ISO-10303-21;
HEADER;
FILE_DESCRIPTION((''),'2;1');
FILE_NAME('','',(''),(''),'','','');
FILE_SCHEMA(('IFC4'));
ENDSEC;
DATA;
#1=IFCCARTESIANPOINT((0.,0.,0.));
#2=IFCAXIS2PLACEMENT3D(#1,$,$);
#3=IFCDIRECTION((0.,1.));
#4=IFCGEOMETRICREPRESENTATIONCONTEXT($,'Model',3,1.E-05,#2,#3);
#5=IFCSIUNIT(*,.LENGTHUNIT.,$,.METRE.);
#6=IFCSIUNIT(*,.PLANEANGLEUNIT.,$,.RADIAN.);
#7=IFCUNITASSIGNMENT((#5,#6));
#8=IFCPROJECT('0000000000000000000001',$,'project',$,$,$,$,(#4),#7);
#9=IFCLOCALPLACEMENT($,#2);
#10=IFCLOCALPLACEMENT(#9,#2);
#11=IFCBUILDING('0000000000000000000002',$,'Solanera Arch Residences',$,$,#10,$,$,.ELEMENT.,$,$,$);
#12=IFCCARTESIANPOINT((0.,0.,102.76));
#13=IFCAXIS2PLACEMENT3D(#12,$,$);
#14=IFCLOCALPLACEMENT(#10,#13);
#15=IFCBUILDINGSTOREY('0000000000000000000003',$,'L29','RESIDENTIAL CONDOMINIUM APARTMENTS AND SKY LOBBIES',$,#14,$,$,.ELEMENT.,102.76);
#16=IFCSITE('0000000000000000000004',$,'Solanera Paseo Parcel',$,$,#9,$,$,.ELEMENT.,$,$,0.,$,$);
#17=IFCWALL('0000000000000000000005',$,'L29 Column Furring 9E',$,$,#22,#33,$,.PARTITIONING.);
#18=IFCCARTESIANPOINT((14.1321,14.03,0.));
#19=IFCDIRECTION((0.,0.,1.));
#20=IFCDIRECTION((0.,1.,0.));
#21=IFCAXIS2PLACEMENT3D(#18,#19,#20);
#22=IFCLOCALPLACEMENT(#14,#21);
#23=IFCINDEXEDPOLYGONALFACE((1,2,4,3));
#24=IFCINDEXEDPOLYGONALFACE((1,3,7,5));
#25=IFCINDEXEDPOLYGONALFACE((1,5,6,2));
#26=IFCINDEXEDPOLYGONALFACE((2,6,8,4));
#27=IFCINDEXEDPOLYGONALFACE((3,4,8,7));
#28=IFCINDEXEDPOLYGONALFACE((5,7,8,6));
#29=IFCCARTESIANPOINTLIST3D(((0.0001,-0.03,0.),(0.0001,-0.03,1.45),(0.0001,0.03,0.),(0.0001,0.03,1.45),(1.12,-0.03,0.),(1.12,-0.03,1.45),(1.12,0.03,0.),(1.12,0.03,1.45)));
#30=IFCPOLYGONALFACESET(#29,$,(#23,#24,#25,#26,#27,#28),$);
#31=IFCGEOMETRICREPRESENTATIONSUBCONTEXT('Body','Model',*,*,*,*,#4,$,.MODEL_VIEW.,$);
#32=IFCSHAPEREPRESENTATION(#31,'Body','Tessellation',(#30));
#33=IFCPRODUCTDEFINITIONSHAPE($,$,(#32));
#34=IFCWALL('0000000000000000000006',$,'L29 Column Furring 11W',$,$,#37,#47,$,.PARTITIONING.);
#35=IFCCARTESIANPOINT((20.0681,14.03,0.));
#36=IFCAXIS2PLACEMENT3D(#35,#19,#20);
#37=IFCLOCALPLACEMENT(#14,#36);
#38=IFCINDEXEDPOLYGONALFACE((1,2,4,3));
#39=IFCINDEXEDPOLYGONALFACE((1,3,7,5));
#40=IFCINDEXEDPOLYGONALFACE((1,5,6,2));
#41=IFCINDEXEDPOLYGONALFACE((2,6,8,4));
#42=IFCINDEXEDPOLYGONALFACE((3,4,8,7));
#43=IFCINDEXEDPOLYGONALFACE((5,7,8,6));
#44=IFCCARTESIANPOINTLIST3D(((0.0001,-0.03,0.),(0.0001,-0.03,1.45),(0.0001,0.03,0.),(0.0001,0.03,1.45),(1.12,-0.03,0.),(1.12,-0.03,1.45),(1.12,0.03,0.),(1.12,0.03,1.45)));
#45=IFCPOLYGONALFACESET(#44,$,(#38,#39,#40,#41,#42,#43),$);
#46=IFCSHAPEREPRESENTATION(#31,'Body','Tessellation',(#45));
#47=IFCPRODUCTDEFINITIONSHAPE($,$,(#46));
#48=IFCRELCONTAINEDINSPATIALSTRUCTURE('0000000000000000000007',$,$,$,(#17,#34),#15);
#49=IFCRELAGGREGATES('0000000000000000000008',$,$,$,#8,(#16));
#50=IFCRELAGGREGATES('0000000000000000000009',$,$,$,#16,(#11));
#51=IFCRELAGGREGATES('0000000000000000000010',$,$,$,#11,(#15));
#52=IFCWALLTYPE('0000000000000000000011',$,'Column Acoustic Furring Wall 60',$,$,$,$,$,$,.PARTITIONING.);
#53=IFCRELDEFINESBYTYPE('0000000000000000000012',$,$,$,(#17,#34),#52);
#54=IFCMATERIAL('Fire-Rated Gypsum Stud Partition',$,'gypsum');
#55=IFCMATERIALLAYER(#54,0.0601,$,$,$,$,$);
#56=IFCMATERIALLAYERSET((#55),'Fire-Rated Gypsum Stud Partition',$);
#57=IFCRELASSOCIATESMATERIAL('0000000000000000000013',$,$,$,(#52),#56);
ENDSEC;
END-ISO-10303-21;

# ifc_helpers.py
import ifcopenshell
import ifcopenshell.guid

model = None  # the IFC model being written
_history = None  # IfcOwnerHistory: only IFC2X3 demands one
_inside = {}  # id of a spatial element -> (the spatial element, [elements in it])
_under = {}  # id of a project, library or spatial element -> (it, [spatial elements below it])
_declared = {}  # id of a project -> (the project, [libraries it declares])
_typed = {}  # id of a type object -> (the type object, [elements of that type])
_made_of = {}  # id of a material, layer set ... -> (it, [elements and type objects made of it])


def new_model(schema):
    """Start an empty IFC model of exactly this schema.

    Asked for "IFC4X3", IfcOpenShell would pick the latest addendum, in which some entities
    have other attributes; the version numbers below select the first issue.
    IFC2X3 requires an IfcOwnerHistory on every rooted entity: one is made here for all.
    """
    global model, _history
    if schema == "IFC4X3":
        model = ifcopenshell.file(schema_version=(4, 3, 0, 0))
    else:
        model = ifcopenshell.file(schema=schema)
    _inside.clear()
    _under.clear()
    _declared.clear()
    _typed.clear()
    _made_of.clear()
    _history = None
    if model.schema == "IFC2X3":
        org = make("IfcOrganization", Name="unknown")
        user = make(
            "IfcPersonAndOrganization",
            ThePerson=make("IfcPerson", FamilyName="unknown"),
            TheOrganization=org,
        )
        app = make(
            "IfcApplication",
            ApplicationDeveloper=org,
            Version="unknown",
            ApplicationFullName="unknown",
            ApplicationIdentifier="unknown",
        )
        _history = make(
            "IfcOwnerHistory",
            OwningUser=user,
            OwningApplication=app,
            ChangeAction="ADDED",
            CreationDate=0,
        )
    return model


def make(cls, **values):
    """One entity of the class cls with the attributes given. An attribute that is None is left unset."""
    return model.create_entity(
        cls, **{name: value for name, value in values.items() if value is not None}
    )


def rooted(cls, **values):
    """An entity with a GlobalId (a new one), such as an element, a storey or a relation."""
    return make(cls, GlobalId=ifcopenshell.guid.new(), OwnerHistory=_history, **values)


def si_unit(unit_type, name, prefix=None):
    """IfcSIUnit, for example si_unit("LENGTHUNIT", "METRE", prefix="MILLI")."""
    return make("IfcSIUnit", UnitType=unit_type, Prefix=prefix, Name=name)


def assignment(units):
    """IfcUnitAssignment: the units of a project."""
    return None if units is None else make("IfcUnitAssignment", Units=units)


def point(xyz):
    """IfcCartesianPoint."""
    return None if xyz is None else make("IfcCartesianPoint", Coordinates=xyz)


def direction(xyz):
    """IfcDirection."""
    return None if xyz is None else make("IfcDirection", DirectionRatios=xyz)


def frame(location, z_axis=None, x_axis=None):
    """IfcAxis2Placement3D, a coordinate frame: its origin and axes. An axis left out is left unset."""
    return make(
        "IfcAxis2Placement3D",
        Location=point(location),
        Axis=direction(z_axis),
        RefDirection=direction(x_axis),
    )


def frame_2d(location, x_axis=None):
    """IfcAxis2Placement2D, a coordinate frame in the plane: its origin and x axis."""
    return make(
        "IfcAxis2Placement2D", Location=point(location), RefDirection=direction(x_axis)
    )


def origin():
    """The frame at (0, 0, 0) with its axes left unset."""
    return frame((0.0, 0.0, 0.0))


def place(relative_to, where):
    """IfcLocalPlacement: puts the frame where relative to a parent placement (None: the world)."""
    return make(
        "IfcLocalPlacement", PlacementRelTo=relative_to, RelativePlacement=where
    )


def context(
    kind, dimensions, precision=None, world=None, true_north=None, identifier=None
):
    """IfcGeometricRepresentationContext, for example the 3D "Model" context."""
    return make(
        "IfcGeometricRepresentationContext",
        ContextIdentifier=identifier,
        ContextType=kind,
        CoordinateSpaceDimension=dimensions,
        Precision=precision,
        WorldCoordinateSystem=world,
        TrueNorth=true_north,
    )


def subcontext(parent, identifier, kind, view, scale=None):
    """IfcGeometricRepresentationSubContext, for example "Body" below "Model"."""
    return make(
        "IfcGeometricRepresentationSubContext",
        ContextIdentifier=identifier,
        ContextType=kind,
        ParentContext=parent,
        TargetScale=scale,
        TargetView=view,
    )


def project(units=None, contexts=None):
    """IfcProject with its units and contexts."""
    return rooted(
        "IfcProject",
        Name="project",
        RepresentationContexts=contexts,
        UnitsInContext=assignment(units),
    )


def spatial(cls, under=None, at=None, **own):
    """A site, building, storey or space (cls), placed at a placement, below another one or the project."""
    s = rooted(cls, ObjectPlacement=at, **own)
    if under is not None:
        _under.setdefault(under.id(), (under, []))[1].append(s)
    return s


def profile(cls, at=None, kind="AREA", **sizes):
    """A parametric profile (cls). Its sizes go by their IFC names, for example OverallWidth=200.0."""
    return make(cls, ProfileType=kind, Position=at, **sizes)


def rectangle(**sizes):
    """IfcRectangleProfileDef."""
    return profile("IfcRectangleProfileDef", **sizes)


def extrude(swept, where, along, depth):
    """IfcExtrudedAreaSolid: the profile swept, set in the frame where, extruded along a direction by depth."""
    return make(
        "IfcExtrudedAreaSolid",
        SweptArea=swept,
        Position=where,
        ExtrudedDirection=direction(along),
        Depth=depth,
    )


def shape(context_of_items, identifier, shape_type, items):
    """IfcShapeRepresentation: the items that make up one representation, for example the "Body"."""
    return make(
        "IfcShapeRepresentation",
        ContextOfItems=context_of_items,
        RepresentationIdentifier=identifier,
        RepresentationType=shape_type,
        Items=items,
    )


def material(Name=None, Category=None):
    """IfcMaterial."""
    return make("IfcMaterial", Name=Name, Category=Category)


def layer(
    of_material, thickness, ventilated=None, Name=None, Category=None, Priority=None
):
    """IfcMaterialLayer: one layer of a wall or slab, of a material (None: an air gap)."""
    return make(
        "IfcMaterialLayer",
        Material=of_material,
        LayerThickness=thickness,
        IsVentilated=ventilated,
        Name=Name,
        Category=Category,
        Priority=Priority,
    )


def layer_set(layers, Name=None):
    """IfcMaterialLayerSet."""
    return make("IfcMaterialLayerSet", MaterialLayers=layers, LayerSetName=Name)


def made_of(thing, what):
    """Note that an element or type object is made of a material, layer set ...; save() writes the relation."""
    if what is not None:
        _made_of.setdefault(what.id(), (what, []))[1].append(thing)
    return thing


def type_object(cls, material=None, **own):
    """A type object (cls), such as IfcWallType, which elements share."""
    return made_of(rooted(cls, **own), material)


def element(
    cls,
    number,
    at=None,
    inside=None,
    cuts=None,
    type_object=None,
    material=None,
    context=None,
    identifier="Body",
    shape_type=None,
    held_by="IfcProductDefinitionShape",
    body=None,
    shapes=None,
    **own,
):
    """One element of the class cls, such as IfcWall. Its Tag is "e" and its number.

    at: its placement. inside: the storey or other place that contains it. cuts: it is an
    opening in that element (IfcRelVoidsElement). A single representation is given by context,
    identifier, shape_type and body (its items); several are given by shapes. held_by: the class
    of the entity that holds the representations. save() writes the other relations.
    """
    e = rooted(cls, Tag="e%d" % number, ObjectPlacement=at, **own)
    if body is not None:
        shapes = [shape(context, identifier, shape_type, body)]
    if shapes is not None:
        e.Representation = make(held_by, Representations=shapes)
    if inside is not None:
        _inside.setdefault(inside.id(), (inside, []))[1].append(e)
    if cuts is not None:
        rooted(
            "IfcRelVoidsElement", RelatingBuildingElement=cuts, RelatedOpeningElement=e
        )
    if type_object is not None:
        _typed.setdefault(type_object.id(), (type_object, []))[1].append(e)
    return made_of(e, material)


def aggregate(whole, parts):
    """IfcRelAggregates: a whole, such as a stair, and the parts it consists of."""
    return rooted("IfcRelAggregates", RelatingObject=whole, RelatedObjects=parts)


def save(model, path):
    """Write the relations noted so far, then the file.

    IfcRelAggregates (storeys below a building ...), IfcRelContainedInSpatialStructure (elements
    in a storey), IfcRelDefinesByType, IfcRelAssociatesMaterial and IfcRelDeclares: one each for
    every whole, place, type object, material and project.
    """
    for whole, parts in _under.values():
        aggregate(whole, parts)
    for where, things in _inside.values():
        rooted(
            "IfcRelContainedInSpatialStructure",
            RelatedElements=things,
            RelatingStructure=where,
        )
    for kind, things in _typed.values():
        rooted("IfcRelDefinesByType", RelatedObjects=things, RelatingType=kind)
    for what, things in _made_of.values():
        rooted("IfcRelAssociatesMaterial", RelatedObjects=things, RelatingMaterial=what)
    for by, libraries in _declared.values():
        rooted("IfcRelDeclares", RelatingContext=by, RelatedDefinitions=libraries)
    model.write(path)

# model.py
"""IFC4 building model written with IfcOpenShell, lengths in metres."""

from ifc_helpers import new_model, si_unit, direction, frame, frame_2d, origin, place, context, subcontext, project, spatial, rectangle, extrude, material, layer, layer_set, type_object, element, save


model = new_model("IFC4")

# Units and contexts
model_context = context("Model", 3, precision=1e-05, world=origin(), true_north=direction((0.0, 1.0)))
body_context = subcontext(model_context, "Body", "Model", "MODEL_VIEW")
ifc_project = project(units=[si_unit("LENGTHUNIT", "METRE"), si_unit("PLANEANGLEUNIT", "RADIAN")], contexts=[model_context])

# Site, building, storey
site_placement = place(None, origin())
site = spatial("IfcSite", under=ifc_project, at=site_placement, Name="Solanera Paseo Parcel", CompositionType="ELEMENT", RefElevation=0.0)
building_placement = place(site_placement, origin())
building = spatial("IfcBuilding", under=site, at=building_placement, Name="Solanera Arch Residences", CompositionType="ELEMENT")
storey_placement = place(building_placement, frame((0.0, 0.0, 102.76)))
storey = spatial("IfcBuildingStorey", under=building, at=storey_placement, Name="L29", Description="RESIDENTIAL CONDOMINIUM APARTMENTS AND SKY LOBBIES", CompositionType="ELEMENT", Elevation=102.76)

# Walls
ifc_material_1 = material(Name="Fire-Rated Gypsum Stud Partition", Category="gypsum")
ifc_layer_1 = layer(ifc_material_1, 0.0601)
ifc_layer_set_1 = layer_set([ifc_layer_1], Name="Fire-Rated Gypsum Stud Partition")
wall_type_1 = type_object("IfcWallType", Name="Column Acoustic Furring Wall 60", PredefinedType="PARTITIONING", material=ifc_layer_set_1)
wall_1_placement = place(storey_placement, frame((14.1321, 14.03, 0.0), z_axis=(0.0, 0.0, 1.0), x_axis=(0.0, 1.0, 0.0)))
element("IfcWall", 1, at=wall_1_placement, inside=storey, type_object=wall_type_1, Name="L29 Column Furring 9E", PredefinedType="PARTITIONING", context=body_context, shape_type="SweptSolid", body=[
    extrude(rectangle(XDim=1.1199, YDim=0.0601, at=frame_2d((0.5601, 0.0))), origin(), (0.0, 0.0, 1.0), 1.45),
])
wall_2_placement = place(storey_placement, frame((20.0681, 14.03, 0.0), z_axis=(0.0, 0.0, 1.0), x_axis=(0.0, 1.0, 0.0)))
element("IfcWall", 2, at=wall_2_placement, inside=storey, type_object=wall_type_1, Name="L29 Column Furring 11W", PredefinedType="PARTITIONING", context=body_context, shape_type="SweptSolid", body=[
    extrude(rectangle(XDim=1.1199, YDim=0.0601, at=frame_2d((0.5601, 0.0))), origin(), (0.0, 0.0, 1.0), 1.45),
])

save(model, "model.ifc")
